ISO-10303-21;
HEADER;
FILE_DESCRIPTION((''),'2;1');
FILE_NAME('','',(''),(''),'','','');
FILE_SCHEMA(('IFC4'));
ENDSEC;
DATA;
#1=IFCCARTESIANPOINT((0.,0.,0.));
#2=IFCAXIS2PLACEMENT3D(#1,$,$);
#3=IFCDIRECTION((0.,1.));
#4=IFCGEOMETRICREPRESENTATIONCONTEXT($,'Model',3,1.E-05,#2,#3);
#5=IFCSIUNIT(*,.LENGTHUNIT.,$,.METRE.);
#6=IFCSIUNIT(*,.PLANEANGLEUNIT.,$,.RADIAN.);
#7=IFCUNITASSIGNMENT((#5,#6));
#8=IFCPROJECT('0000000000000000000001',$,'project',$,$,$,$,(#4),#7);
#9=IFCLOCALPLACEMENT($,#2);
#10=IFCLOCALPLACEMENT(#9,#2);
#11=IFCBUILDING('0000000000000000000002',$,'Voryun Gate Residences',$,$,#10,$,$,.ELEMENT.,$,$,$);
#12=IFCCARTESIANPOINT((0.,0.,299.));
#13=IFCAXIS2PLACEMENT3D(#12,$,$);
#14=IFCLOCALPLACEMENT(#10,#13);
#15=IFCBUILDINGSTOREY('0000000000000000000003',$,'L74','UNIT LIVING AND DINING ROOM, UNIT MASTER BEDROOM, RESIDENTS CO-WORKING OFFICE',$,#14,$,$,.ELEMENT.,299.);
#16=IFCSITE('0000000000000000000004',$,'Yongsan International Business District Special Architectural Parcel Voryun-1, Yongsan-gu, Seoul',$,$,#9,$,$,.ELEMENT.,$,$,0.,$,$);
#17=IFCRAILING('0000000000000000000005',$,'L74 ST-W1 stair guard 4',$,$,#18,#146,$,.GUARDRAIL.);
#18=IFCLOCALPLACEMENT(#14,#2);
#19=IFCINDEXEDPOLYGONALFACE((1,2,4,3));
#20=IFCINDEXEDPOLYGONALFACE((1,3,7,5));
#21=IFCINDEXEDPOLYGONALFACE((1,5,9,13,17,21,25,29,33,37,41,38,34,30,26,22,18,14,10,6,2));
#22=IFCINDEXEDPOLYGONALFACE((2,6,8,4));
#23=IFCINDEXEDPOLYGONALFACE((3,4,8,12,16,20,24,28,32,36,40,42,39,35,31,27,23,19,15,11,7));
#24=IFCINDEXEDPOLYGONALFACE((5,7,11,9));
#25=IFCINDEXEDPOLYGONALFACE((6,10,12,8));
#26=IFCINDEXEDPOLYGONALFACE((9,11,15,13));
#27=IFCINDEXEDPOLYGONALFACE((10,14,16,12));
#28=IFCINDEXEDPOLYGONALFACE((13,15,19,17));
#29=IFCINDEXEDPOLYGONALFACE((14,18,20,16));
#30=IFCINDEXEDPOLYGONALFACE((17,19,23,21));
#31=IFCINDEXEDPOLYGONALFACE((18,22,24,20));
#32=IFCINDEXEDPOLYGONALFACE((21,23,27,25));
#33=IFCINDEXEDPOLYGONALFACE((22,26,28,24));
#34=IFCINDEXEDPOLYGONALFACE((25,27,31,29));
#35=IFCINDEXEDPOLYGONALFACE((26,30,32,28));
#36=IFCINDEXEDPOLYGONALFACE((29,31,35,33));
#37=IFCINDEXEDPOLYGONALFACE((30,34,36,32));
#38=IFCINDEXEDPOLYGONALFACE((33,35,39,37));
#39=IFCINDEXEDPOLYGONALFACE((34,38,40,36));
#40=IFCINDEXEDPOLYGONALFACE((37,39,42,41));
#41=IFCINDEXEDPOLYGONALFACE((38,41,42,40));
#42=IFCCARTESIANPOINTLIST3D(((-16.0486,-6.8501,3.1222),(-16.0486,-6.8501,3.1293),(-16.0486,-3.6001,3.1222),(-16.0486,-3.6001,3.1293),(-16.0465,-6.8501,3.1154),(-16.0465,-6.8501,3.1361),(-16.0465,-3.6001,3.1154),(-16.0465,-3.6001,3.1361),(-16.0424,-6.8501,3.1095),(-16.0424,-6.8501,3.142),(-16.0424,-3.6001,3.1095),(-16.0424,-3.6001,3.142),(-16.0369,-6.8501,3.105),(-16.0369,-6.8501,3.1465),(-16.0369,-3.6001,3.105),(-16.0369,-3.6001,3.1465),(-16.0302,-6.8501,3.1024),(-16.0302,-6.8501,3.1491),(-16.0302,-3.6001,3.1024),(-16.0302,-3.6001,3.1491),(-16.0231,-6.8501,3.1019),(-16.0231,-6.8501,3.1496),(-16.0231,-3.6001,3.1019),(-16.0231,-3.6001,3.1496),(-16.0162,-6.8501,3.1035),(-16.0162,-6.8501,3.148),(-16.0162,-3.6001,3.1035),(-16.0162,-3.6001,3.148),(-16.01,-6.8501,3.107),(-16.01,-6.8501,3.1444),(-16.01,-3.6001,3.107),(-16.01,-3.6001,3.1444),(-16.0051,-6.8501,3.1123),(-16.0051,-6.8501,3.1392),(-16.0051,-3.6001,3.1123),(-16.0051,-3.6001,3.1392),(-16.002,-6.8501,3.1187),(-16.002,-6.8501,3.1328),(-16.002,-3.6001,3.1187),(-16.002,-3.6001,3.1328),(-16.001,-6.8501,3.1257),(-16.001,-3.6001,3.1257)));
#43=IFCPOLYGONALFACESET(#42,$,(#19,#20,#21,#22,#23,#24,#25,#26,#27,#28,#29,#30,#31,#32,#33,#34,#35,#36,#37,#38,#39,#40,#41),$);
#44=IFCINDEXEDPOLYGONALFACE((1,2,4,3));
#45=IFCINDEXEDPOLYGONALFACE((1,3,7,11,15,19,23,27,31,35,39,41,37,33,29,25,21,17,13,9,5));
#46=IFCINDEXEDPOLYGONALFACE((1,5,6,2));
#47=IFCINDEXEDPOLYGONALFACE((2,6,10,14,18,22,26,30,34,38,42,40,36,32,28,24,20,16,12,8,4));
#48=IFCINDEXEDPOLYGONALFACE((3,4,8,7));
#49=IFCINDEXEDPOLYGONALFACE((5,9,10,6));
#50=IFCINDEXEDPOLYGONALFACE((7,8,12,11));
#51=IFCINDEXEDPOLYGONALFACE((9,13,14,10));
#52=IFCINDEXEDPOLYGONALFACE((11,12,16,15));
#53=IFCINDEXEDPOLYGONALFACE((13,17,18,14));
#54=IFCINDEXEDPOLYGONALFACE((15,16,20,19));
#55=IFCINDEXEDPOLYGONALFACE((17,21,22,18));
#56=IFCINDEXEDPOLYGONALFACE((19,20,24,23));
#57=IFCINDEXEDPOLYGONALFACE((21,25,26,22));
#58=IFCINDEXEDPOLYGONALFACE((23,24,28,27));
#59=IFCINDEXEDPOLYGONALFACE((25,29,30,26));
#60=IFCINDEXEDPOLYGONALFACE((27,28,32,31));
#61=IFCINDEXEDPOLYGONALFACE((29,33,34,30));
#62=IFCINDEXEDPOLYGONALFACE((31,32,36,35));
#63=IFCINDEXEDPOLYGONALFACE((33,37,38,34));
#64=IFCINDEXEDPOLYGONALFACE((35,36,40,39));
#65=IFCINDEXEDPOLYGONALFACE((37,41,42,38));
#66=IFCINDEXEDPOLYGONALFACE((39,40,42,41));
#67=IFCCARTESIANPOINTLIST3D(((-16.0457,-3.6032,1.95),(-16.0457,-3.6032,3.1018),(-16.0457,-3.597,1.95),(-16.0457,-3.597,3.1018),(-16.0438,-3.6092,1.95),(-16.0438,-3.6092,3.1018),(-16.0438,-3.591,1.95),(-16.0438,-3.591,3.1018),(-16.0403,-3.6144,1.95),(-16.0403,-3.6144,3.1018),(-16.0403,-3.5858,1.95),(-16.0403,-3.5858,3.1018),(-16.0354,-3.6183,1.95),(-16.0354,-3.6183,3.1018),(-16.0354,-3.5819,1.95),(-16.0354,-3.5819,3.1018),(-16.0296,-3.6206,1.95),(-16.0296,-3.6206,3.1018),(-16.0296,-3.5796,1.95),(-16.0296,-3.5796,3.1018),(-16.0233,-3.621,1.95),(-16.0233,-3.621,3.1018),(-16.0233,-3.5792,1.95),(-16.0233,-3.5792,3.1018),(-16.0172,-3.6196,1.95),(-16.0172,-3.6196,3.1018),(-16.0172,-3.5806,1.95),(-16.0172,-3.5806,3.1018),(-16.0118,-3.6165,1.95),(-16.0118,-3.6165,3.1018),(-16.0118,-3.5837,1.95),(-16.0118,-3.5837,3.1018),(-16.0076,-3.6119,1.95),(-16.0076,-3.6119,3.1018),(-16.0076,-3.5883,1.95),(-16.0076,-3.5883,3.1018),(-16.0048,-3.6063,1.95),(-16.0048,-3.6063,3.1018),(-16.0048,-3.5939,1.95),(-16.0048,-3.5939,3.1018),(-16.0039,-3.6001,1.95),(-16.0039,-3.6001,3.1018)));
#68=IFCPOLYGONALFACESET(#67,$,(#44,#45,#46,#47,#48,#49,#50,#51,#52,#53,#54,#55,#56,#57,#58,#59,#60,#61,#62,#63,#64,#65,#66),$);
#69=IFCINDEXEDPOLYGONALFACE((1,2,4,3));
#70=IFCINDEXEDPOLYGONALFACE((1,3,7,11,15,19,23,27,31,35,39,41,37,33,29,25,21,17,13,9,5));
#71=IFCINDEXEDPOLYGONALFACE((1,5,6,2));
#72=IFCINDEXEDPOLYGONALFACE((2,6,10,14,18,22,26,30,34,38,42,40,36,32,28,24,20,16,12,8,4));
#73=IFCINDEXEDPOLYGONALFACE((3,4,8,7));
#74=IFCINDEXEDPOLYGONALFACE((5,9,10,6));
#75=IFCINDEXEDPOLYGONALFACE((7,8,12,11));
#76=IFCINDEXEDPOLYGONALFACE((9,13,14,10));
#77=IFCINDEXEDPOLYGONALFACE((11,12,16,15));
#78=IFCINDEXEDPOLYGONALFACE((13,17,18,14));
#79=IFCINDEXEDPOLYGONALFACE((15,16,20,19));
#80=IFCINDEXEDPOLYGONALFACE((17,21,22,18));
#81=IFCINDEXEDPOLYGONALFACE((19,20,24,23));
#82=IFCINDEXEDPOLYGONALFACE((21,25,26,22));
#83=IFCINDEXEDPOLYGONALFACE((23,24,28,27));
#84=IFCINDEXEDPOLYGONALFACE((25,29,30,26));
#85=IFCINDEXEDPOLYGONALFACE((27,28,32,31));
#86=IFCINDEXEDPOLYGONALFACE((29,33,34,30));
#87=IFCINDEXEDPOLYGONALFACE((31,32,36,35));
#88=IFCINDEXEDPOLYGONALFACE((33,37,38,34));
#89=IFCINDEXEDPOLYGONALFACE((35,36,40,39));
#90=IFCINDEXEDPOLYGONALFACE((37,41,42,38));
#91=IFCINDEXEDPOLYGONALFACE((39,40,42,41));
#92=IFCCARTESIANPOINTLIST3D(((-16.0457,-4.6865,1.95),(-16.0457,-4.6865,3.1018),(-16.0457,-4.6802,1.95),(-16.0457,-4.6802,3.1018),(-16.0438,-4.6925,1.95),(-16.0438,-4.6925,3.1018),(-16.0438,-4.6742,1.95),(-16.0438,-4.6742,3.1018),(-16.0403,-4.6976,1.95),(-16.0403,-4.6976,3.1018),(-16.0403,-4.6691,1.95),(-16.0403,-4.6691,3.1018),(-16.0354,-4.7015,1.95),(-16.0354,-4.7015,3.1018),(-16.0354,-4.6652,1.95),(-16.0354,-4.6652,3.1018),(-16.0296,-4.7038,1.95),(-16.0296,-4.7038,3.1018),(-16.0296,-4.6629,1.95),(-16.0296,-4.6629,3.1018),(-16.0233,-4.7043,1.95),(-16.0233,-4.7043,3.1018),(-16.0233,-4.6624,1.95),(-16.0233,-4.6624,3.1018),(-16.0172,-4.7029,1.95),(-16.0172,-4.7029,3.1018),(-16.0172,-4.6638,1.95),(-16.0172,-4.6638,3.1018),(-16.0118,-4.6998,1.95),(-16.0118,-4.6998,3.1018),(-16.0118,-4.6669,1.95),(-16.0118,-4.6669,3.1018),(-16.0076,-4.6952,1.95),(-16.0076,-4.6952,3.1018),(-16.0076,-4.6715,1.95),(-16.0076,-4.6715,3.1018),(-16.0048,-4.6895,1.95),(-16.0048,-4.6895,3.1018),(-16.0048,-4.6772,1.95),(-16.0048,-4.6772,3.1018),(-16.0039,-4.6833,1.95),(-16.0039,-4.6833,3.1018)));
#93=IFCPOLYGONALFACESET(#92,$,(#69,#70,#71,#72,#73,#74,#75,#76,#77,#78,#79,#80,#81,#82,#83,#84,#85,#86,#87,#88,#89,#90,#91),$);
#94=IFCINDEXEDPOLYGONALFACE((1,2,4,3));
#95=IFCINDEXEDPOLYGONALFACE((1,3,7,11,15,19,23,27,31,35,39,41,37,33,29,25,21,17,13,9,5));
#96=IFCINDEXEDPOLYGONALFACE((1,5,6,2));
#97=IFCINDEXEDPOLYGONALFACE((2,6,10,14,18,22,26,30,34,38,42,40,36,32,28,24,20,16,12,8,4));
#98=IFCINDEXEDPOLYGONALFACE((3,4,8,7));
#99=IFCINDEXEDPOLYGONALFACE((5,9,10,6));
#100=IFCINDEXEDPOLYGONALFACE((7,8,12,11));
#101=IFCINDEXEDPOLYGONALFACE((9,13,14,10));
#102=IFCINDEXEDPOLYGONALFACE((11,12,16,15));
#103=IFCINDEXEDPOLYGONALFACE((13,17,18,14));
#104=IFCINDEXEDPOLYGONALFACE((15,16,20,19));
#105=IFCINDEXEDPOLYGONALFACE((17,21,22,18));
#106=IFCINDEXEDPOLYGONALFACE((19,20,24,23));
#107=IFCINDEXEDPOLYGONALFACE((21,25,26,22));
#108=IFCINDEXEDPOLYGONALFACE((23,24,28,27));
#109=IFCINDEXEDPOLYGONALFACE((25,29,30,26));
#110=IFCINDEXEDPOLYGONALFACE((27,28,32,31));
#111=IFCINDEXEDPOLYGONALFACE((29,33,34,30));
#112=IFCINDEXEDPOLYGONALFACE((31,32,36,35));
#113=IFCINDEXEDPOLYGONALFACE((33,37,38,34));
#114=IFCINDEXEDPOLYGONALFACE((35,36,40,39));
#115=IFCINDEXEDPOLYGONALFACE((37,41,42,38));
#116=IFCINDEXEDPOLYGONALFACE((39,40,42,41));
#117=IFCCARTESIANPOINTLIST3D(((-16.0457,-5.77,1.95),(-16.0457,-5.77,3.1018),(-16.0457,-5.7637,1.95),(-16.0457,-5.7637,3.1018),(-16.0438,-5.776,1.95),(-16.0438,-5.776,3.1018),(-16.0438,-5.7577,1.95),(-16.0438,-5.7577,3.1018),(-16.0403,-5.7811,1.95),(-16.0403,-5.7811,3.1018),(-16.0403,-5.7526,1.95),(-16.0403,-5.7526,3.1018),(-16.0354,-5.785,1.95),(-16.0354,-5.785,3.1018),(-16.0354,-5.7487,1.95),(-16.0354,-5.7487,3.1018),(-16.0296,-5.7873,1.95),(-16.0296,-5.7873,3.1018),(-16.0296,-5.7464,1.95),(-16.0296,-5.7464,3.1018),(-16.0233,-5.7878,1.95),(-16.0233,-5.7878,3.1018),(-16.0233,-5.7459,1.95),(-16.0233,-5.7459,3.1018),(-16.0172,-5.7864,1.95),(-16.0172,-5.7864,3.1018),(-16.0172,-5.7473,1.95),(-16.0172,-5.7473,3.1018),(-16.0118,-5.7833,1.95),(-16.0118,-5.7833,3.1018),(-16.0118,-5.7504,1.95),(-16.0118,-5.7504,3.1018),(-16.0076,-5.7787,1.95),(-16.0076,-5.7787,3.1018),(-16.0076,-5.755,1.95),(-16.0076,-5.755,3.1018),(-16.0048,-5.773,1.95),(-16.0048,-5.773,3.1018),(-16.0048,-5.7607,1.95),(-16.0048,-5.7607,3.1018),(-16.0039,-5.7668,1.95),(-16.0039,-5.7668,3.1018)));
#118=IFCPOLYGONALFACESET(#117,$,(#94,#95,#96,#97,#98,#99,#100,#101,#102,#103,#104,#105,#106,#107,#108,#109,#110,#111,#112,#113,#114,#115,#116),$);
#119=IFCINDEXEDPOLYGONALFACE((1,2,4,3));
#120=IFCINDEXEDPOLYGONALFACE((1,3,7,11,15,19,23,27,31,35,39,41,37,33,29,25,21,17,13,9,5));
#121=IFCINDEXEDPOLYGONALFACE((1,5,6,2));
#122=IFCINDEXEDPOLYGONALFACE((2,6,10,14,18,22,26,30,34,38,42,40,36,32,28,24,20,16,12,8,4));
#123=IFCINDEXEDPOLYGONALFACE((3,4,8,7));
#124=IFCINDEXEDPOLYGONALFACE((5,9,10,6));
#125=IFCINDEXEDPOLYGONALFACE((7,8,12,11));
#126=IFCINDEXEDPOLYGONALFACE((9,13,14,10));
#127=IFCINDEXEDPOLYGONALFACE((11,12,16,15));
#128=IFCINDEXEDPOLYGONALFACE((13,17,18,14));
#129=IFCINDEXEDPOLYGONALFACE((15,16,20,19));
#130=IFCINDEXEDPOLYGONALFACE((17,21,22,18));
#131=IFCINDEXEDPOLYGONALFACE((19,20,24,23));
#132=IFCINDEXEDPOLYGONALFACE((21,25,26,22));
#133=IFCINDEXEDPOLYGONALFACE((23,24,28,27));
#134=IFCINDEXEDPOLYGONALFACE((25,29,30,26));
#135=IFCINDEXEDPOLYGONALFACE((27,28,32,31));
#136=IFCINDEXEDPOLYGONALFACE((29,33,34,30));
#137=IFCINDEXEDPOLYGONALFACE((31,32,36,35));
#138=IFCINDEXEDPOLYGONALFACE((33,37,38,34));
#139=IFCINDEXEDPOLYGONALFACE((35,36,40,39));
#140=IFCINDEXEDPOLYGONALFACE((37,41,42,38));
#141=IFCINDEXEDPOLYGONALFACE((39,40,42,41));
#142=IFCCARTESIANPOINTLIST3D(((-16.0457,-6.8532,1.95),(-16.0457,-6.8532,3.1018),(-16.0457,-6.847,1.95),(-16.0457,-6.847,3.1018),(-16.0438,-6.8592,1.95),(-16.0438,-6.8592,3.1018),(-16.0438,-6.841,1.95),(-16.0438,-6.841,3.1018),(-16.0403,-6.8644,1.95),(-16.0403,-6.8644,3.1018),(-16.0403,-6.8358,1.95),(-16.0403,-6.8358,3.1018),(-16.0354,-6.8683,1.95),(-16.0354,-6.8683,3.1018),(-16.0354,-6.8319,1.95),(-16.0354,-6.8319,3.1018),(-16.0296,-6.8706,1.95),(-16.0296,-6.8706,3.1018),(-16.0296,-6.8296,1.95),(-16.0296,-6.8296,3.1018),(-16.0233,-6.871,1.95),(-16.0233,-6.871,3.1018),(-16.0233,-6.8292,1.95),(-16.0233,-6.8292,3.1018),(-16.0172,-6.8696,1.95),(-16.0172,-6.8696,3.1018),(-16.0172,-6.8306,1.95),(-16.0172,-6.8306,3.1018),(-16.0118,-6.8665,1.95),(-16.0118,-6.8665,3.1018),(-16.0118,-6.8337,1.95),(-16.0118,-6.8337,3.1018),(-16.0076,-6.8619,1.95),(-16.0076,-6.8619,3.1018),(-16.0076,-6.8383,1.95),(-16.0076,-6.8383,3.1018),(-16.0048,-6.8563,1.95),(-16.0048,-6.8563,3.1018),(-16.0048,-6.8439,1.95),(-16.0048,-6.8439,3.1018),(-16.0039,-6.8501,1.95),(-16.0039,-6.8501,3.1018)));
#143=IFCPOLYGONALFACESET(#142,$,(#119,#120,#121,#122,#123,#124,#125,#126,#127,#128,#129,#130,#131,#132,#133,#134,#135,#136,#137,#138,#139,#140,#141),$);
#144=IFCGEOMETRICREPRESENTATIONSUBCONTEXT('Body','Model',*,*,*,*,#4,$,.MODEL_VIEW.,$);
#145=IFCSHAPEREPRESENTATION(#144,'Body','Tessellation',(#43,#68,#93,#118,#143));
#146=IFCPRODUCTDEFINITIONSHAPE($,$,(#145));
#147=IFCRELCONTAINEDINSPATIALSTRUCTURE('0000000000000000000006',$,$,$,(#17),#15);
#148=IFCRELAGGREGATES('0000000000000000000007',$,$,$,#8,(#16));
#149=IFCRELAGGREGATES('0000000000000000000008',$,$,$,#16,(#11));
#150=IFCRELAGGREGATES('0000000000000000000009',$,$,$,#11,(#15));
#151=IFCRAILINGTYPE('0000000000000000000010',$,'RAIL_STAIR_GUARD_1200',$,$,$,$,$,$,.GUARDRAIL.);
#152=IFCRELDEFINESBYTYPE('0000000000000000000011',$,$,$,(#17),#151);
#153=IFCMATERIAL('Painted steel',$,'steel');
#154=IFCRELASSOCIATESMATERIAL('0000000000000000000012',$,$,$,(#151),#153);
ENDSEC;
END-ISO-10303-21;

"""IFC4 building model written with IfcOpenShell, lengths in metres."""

from ifc_helpers import new_model, si_unit, direction, frame, origin, origin_2d, place, context, subcontext, project, spatial, circle, extrude, material, type_object, element, save


model = new_model("IFC4")

# Units and contexts
model_context = context("Model", 3, precision=1e-05, world=origin(), true_north=direction((0.0, 1.0)))
body_context = subcontext(model_context, "Body", "Model", "MODEL_VIEW")
ifc_project = project(units=[si_unit("LENGTHUNIT", "METRE"), si_unit("PLANEANGLEUNIT", "RADIAN")], contexts=[model_context])

# Site, building, storey
site_placement = place(None, origin())
site = spatial("IfcSite", under=ifc_project, at=site_placement, Name="Yongsan International Business District Special Architectural Parcel Voryun-1, Yongsan-gu, Seoul", CompositionType="ELEMENT", RefElevation=0.0)
building_placement = place(site_placement, origin())
building = spatial("IfcBuilding", under=site, at=building_placement, Name="Voryun Gate Residences", CompositionType="ELEMENT")
storey_placement = place(building_placement, frame((0.0, 0.0, 299.0)))
storey = spatial("IfcBuildingStorey", under=building, at=storey_placement, Name="L74", Description="UNIT LIVING AND DINING ROOM, UNIT MASTER BEDROOM, RESIDENTS CO-WORKING OFFICE", CompositionType="ELEMENT", Elevation=299.0)

# Railing
ifc_material_1 = material(Name="Painted steel", Category="steel")
railing_type_1 = type_object("IfcRailingType", Name="RAIL_STAIR_GUARD_1200", PredefinedType="GUARDRAIL", material=ifc_material_1)
railing_1_placement = place(storey_placement, frame((-16.0249, -3.6001, 1.95)))
element("IfcRailing", 1, at=railing_1_placement, inside=storey, type_object=railing_type_1, Name="L74 ST-W1 stair guard 4", PredefinedType="GUARDRAIL", context=body_context, shape_type="SweptSolid", body=[
    extrude(circle(Radius=0.0239, at=origin_2d()), frame((0.0, 0.0, 1.1758), z_axis=(0.0, -1.0, 0.0), x_axis=(1.0, 0.0, 0.0)), (0.0, 0.0, 1.0), 3.25),
    extrude(circle(Radius=0.021, at=origin_2d()), origin(), (0.0, 0.0, 1.0), 1.1519),
    extrude(circle(Radius=0.021, at=origin_2d()), frame((0.0, -1.0833, 0.0)), (0.0, 0.0, 1.0), 1.1519),
    extrude(circle(Radius=0.021, at=origin_2d()), frame((0.0, -2.1667, 0.0)), (0.0, 0.0, 1.0), 1.1519),
    extrude(circle(Radius=0.021, at=origin_2d()), frame((0.0, -3.25, 0.0)), (0.0, 0.0, 1.0), 1.1519),
])

save(model, "model.ifc")
